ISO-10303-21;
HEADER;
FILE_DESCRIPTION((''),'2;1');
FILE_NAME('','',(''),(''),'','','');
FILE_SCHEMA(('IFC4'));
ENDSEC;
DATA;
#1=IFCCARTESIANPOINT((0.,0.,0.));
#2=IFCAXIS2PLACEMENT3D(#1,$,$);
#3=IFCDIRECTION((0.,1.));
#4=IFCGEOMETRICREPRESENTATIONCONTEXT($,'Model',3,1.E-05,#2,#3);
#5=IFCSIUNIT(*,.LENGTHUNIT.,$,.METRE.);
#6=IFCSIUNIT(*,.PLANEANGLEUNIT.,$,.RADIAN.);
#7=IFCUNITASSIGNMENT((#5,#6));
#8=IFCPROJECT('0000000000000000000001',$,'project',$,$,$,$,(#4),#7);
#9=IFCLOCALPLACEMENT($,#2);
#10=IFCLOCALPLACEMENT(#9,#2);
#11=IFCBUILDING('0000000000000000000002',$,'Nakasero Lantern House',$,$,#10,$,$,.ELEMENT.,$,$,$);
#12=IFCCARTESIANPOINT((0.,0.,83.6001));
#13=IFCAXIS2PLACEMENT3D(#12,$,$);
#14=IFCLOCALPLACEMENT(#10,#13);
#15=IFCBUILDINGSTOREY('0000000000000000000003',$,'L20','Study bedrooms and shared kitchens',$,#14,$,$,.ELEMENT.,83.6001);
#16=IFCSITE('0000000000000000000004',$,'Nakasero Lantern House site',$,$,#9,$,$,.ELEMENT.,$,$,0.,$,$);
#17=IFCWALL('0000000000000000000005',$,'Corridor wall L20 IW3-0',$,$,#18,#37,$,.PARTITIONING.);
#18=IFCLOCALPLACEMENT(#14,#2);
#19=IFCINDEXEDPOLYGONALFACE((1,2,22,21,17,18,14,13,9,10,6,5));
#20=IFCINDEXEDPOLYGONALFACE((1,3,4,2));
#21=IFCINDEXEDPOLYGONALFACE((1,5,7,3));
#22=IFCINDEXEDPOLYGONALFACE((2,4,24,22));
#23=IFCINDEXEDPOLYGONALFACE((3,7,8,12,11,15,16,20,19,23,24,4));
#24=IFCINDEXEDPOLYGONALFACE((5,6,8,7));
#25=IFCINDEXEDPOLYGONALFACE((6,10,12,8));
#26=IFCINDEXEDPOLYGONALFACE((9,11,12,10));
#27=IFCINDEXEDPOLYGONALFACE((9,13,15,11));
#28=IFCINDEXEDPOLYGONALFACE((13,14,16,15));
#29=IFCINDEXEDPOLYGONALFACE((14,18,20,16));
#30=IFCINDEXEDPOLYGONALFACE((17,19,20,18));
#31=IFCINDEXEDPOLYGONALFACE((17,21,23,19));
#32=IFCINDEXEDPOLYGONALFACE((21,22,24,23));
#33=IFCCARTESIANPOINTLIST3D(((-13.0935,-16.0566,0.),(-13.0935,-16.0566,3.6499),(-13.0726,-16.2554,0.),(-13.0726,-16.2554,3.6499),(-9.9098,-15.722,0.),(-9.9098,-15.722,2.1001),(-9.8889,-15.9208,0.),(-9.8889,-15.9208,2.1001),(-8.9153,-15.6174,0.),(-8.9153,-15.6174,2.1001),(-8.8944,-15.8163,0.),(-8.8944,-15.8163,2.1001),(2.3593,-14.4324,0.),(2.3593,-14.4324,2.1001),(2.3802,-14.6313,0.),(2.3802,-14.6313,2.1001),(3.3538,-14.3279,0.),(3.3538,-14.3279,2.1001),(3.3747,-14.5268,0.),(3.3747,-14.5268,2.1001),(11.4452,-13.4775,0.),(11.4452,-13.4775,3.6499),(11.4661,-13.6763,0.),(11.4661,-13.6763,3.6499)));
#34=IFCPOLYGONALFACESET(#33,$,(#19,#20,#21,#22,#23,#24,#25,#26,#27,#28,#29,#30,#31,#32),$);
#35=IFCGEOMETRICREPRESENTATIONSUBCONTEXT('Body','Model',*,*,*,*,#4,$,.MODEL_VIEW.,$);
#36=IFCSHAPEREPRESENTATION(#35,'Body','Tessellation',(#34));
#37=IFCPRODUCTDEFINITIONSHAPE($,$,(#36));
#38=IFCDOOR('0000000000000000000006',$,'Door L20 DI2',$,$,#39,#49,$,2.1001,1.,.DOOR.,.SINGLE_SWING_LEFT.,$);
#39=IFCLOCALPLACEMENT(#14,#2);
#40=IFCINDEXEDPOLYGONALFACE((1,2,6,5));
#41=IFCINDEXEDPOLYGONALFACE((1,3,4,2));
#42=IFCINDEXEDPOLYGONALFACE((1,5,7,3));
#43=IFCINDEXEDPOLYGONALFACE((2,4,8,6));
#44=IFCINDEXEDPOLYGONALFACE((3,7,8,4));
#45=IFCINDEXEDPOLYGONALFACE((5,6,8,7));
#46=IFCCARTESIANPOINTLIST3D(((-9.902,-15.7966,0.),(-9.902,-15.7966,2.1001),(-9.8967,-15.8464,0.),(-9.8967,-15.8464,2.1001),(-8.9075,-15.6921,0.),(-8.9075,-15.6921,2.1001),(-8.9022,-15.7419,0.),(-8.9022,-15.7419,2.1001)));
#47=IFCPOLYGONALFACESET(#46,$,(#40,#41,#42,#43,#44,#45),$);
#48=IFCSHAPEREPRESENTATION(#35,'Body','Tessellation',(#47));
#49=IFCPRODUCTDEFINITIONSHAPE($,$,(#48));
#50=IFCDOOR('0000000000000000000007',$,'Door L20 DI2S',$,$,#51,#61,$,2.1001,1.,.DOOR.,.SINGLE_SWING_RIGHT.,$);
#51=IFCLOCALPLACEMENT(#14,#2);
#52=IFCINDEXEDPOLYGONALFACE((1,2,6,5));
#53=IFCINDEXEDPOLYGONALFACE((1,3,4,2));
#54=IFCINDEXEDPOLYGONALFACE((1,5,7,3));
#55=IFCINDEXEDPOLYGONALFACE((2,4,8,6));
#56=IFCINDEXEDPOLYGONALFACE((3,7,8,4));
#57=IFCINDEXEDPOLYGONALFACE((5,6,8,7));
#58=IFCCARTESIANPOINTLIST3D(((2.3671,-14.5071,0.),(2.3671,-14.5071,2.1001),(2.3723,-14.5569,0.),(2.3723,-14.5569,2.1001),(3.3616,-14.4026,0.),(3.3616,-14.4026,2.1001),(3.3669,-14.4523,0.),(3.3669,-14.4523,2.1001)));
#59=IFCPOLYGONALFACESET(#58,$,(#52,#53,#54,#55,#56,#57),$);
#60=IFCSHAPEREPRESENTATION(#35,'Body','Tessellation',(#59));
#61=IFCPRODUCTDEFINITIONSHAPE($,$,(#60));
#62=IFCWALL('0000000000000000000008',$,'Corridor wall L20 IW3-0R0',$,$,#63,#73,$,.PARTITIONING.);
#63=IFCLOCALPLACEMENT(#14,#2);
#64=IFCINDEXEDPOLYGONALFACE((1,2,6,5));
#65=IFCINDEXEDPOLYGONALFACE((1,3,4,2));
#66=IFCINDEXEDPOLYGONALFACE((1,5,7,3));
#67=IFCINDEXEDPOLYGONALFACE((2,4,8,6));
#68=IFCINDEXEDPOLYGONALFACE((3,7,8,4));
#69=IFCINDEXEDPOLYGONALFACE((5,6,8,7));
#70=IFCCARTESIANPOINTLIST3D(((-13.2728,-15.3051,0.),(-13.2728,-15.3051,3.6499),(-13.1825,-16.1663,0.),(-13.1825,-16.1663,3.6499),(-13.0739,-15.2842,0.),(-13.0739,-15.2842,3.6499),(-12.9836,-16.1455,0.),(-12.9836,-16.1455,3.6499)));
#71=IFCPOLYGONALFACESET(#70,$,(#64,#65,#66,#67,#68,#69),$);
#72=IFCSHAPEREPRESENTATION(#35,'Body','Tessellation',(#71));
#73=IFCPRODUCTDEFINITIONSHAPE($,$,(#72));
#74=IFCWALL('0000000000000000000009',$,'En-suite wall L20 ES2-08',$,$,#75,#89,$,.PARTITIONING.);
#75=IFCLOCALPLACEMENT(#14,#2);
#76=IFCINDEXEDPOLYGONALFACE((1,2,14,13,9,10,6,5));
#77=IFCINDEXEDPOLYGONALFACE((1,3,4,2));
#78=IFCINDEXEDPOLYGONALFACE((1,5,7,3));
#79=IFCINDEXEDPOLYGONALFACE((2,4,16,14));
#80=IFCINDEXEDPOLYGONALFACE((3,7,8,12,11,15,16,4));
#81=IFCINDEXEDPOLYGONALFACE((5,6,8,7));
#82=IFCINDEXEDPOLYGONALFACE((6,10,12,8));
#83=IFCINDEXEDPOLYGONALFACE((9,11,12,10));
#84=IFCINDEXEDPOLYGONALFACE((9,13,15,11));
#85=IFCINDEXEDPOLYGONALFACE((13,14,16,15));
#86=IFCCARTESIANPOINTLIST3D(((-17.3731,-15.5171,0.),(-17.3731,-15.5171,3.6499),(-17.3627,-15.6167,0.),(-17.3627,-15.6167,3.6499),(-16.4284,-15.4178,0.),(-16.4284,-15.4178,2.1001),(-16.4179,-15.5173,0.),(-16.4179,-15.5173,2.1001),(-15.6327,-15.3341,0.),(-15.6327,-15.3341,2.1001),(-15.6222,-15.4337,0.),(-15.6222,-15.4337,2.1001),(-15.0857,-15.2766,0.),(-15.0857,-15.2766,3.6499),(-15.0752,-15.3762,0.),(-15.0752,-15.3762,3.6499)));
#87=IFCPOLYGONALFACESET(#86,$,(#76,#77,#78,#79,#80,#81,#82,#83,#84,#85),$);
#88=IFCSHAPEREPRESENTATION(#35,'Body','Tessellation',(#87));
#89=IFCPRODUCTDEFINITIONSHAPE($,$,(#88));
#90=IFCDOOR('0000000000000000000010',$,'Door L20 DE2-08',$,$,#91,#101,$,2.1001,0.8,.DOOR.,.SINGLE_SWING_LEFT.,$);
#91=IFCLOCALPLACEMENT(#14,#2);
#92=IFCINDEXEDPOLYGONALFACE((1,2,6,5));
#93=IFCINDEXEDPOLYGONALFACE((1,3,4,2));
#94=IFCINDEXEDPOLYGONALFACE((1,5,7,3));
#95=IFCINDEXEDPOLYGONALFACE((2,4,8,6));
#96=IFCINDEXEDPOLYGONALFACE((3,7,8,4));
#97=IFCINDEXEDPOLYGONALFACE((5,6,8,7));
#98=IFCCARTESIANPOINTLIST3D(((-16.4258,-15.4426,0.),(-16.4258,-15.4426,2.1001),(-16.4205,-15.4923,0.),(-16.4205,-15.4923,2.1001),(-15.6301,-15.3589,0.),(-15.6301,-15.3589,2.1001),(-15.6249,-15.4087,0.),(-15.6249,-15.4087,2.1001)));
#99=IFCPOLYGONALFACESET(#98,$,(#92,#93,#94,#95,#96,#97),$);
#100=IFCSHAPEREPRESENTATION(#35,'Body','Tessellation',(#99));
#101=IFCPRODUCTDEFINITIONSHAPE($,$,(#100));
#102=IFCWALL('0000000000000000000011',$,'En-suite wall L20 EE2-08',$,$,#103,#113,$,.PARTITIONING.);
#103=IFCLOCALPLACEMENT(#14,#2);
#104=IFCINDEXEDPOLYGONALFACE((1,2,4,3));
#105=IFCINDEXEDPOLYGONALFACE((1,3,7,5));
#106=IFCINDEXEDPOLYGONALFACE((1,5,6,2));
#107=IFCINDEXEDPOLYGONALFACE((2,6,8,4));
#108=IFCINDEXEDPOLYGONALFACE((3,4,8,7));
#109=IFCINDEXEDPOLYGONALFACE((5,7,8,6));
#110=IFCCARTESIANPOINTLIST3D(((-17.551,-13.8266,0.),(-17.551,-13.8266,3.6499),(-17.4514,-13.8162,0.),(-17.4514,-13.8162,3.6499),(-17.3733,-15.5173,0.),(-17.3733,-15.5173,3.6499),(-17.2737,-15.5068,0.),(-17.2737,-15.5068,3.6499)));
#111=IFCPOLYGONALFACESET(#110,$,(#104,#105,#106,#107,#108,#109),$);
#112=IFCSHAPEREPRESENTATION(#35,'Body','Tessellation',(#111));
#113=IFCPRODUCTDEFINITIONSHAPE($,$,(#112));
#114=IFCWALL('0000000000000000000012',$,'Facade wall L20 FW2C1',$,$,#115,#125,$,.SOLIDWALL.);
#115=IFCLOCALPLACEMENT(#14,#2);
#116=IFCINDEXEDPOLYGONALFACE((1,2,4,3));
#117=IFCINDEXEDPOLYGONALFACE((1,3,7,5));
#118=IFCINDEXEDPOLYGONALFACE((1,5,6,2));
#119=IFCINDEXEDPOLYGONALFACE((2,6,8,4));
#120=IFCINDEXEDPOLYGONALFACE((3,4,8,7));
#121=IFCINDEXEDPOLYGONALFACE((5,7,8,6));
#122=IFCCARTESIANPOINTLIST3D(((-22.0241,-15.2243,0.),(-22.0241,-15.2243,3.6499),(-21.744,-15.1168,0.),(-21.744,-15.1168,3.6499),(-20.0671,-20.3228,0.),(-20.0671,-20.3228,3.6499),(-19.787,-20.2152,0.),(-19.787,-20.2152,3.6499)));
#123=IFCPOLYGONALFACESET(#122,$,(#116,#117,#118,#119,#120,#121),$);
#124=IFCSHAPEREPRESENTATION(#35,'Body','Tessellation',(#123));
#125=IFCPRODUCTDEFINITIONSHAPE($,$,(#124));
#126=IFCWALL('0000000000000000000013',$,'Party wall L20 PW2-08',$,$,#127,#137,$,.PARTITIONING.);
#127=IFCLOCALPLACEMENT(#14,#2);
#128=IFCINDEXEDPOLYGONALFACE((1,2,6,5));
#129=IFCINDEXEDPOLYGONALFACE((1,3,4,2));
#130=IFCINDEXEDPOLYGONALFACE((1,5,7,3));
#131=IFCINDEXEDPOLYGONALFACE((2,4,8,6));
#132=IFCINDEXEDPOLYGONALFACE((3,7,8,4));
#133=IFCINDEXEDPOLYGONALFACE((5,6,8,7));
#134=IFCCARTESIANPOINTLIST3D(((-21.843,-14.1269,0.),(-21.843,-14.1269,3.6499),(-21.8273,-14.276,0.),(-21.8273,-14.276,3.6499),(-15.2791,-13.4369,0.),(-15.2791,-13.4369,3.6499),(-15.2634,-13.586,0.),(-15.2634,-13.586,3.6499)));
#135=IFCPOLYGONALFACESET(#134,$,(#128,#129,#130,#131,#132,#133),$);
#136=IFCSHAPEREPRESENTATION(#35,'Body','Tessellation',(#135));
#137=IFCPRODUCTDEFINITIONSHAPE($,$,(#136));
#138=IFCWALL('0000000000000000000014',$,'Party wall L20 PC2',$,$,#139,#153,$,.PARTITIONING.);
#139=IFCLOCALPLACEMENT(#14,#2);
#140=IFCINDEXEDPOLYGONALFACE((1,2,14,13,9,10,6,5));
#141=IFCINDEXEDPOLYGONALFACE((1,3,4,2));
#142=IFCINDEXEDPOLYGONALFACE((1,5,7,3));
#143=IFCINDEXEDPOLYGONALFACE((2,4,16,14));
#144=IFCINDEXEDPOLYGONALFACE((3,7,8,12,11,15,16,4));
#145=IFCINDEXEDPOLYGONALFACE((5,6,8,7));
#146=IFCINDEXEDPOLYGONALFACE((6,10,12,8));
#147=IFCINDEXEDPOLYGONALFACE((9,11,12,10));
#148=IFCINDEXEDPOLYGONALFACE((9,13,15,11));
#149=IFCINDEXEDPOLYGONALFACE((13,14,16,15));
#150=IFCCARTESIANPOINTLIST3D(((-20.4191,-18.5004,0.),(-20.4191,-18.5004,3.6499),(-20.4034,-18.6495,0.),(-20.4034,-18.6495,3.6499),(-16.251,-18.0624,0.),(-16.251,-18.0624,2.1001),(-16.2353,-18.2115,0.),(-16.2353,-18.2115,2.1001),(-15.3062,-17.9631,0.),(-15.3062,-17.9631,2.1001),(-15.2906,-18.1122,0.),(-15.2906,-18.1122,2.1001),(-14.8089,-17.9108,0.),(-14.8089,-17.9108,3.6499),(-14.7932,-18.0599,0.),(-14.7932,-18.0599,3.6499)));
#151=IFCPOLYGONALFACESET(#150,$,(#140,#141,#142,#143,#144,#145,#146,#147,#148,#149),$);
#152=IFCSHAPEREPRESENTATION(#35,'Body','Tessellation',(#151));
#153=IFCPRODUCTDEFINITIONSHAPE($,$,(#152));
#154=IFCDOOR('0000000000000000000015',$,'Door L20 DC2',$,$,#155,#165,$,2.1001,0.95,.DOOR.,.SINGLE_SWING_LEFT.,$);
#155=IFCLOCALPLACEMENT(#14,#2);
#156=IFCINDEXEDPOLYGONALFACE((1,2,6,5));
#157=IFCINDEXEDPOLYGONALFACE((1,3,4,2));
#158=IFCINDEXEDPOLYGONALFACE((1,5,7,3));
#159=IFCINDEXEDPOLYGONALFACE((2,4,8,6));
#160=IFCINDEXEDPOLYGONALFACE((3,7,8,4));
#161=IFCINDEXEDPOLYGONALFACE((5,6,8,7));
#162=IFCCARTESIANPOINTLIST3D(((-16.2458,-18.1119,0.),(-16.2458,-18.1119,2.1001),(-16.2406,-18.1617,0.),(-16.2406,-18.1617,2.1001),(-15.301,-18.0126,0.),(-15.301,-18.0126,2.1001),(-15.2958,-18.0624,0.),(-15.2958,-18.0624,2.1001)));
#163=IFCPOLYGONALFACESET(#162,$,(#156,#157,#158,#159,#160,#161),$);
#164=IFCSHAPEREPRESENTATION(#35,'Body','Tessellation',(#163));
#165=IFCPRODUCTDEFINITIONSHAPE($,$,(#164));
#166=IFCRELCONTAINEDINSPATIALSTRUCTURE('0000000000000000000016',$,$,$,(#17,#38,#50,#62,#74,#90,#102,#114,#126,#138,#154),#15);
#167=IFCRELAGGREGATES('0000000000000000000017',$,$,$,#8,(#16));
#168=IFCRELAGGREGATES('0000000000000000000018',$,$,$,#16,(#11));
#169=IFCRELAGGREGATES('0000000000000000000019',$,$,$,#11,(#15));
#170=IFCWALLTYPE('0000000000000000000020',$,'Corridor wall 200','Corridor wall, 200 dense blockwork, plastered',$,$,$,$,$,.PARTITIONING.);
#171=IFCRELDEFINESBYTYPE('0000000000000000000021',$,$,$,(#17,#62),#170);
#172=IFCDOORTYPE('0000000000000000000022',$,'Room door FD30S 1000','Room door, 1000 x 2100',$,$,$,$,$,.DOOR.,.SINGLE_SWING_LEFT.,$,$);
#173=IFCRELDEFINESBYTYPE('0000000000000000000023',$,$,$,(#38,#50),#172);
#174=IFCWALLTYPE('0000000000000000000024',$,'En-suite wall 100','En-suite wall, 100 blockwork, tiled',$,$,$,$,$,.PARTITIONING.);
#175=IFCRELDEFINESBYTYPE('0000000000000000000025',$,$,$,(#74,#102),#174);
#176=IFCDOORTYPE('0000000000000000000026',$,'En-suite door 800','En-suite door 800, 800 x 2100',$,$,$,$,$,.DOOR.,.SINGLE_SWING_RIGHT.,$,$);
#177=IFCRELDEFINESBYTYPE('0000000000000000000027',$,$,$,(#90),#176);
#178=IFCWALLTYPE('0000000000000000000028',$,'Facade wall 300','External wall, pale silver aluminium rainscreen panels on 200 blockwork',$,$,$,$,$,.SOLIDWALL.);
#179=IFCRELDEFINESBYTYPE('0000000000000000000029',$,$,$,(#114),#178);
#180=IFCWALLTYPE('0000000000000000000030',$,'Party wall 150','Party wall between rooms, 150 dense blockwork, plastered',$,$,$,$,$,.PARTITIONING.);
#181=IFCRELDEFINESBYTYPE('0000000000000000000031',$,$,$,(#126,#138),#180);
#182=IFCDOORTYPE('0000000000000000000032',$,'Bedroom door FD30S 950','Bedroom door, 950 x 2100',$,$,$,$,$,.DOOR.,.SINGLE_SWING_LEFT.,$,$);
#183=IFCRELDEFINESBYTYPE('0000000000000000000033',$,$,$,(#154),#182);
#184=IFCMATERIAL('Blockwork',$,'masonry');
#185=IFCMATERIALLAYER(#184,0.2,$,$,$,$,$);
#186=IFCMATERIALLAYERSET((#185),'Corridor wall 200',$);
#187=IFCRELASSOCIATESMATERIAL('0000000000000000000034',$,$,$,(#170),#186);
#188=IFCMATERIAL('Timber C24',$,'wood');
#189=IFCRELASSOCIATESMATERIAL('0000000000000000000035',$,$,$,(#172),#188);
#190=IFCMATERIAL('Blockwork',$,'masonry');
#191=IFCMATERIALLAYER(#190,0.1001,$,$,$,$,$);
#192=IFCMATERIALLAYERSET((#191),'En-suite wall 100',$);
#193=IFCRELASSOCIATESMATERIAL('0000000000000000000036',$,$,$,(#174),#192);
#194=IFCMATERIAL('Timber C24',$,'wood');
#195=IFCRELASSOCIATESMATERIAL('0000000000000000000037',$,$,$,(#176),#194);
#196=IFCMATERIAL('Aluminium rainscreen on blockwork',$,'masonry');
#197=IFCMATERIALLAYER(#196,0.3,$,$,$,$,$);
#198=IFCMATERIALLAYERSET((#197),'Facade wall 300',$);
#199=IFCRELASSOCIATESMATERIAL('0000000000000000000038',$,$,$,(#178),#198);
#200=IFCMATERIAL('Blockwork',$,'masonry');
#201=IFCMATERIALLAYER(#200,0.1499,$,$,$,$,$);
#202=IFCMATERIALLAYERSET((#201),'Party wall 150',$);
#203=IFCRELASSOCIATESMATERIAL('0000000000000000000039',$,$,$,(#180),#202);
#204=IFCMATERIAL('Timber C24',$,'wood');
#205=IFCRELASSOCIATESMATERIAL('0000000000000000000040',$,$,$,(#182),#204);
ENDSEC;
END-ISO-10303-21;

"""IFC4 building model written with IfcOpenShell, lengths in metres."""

from ifc_helpers import new_model, si_unit, direction, frame, frame_2d, origin, place, context, subcontext, project, spatial, rectangle, extrude, material, layer, layer_set, type_object, element, fill, save


model = new_model("IFC4")

# Units and contexts
model_context = context("Model", 3, precision=1e-05, world=origin(), true_north=direction((0.0, 1.0)))
body_context = subcontext(model_context, "Body", "Model", "MODEL_VIEW")
ifc_project = project(units=[si_unit("LENGTHUNIT", "METRE"), si_unit("PLANEANGLEUNIT", "RADIAN")], contexts=[model_context])

# Site, building, storey
site_placement = place(None, origin())
site = spatial("IfcSite", under=ifc_project, at=site_placement, Name="Nakasero Lantern House site", CompositionType="ELEMENT", RefElevation=0.0)
building_placement = place(site_placement, origin())
building = spatial("IfcBuilding", under=site, at=building_placement, Name="Nakasero Lantern House", CompositionType="ELEMENT")
storey_placement = place(building_placement, frame((0.0, 0.0, 83.6001)))
storey = spatial("IfcBuildingStorey", under=building, at=storey_placement, Name="L20", Description="Study bedrooms and shared kitchens", CompositionType="ELEMENT", Elevation=83.6001)

# Wall, openings, doors
ifc_material_1 = material(Name="Blockwork", Category="masonry")
ifc_layer_1 = layer(ifc_material_1, 0.2)
ifc_layer_set_1 = layer_set([ifc_layer_1], Name="Corridor wall 200")
wall_type_1 = type_object("IfcWallType", Name="Corridor wall 200", Description="Corridor wall, 200 dense blockwork, plastered", PredefinedType="PARTITIONING", material=ifc_layer_set_1)
wall_1_placement = place(storey_placement, frame((-13.083, -16.156, 0.0), z_axis=(0.0, 0.0, 1.0), x_axis=(0.994522, 0.104528, 0.0)))
wall_1 = element("IfcWall", 1, at=wall_1_placement, inside=storey, type_object=wall_type_1, Name="Corridor wall L20 IW3-0", PredefinedType="PARTITIONING", context=body_context, shape_type="SweptSolid", body=[
    extrude(rectangle(XDim=24.6738, YDim=0.2, at=frame_2d((12.3369, 0.0))), origin(), (0.0, 0.0, 1.0), 3.6499),
])
opening_1_placement = place(wall_1_placement, frame((3.2012, 0.0, 0.0)))
opening_1 = element("IfcOpeningElement", 2, at=opening_1_placement, cuts=wall_1, PredefinedType="OPENING", context=body_context, shape_type="SweptSolid", body=[
    extrude(rectangle(XDim=1.0, YDim=2.1001, at=frame_2d((0.5, 1.05))), frame((0.0, 0.1199, 0.0), z_axis=(0.0, -1.0, 0.0), x_axis=(1.0, 0.0, 0.0)), (0.0, 0.0, 1.0), 0.24),
])
opening_2_placement = place(wall_1_placement, frame((15.5378, 0.0, 0.0)))
opening_2 = element("IfcOpeningElement", 3, at=opening_2_placement, cuts=wall_1, PredefinedType="OPENING", context=body_context, shape_type="SweptSolid", body=[
    extrude(rectangle(XDim=1.0, YDim=2.1001, at=frame_2d((0.5, 1.05))), frame((0.0, 0.1199, 0.0), z_axis=(0.0, -1.0, 0.0), x_axis=(1.0, 0.0, 0.0)), (0.0, 0.0, 1.0), 0.24),
])
ifc_material_2 = material(Name="Timber C24", Category="wood")
door_type_1 = type_object("IfcDoorType", Name="Room door FD30S 1000", Description="Room door, 1000 x 2100", OperationType="SINGLE_SWING_LEFT", PredefinedType="DOOR", material=ifc_material_2)
door_1_placement = place(opening_1_placement, origin())
door_1 = element("IfcDoor", 4, at=door_1_placement, inside=storey, type_object=door_type_1, Name="Door L20 DI2", OperationType="SINGLE_SWING_LEFT", OverallHeight=2.1001, OverallWidth=1.0, PredefinedType="DOOR", context=body_context, shape_type="SweptSolid", body=[
    extrude(rectangle(XDim=1.0, YDim=2.1001, at=frame_2d((0.5, 1.05))), frame((0.0, 0.0249, 0.0), z_axis=(0.0, -1.0, 0.0), x_axis=(1.0, 0.0, 0.0)), (0.0, 0.0, 1.0), 0.05),
])
fill(opening_1, door_1)
door_2_placement = place(opening_2_placement, origin())
door_2 = element("IfcDoor", 5, at=door_2_placement, inside=storey, type_object=door_type_1, Name="Door L20 DI2S", OperationType="SINGLE_SWING_RIGHT", OverallHeight=2.1001, OverallWidth=1.0, PredefinedType="DOOR", context=body_context, shape_type="SweptSolid", body=[
    extrude(rectangle(XDim=1.0, YDim=2.1001, at=frame_2d((0.5, 1.05))), frame((0.0, 0.0249, 0.0), z_axis=(0.0, -1.0, 0.0), x_axis=(1.0, 0.0, 0.0)), (0.0, 0.0, 1.0), 0.05),
])
fill(opening_2, door_2)

# Wall
wall_2_placement = place(storey_placement, frame((-13.083, -16.156, 0.0), z_axis=(0.0, 0.0, 1.0), x_axis=(-0.104303, 0.994546, 0.0)))
element("IfcWall", 6, at=wall_2_placement, inside=storey, type_object=wall_type_1, Name="Corridor wall L20 IW3-0R0", PredefinedType="PARTITIONING", context=body_context, shape_type="SweptSolid", body=[
    extrude(rectangle(XDim=0.866, YDim=0.2, at=frame_2d((0.4331, 0.0))), origin(), (0.0, 0.0, 1.0), 3.6499),
])

# Wall, opening, door
ifc_material_3 = material(Name="Blockwork", Category="masonry")
ifc_layer_2 = layer(ifc_material_3, 0.1001)
ifc_layer_set_2 = layer_set([ifc_layer_2], Name="En-suite wall 100")
wall_type_2 = type_object("IfcWallType", Name="En-suite wall 100", Description="En-suite wall, 100 blockwork, tiled", PredefinedType="PARTITIONING", material=ifc_layer_set_2)
wall_3_placement = place(storey_placement, frame((-15.0806, -15.3264, 0.0), z_axis=(0.0, 0.0, 1.0), x_axis=(-0.994519, -0.104558, 0.0)))
wall_3 = element("IfcWall", 7, at=wall_3_placement, inside=storey, type_object=wall_type_2, Name="En-suite wall L20 ES2-08", PredefinedType="PARTITIONING", context=body_context, shape_type="SweptSolid", body=[
    extrude(rectangle(XDim=2.3, YDim=0.1001, at=frame_2d((1.1499, 0.0))), origin(), (0.0, 0.0, 1.0), 3.6499),
])
opening_3_placement = place(wall_3_placement, frame((0.55, 0.0, 0.0)))
opening_3 = element("IfcOpeningElement", 8, at=opening_3_placement, cuts=wall_3, PredefinedType="OPENING", context=body_context, shape_type="SweptSolid", body=[
    extrude(rectangle(XDim=0.8, YDim=2.1001, at=frame_2d((0.3999, 1.05))), frame((0.0, 0.0701, 0.0), z_axis=(0.0, -1.0, 0.0), x_axis=(1.0, 0.0, 0.0)), (0.0, 0.0, 1.0), 0.1401),
])
ifc_material_4 = material(Name="Timber C24", Category="wood")
door_type_2 = type_object("IfcDoorType", Name="En-suite door 800", Description="En-suite door 800, 800 x 2100", OperationType="SINGLE_SWING_RIGHT", PredefinedType="DOOR", material=ifc_material_4)
door_3_placement = place(opening_3_placement, origin())
door_3 = element("IfcDoor", 9, at=door_3_placement, inside=storey, type_object=door_type_2, Name="Door L20 DE2-08", OperationType="SINGLE_SWING_LEFT", OverallHeight=2.1001, OverallWidth=0.8, PredefinedType="DOOR", context=body_context, shape_type="SweptSolid", body=[
    extrude(rectangle(XDim=0.8, YDim=2.1001, at=frame_2d((0.3999, 1.05))), frame((0.0, 0.0249, 0.0), z_axis=(0.0, -1.0, 0.0), x_axis=(1.0, 0.0, 0.0)), (0.0, 0.0, 1.0), 0.05),
])
fill(opening_3, door_3)

# Walls
wall_4_placement = place(storey_placement, frame((-17.5012, -13.8213, 0.0), z_axis=(0.0, 0.0, 1.0), x_axis=(0.10455, -0.99452, 0.0)))
element("IfcWall", 10, at=wall_4_placement, inside=storey, type_object=wall_type_2, Name="En-suite wall L20 EE2-08", PredefinedType="PARTITIONING", context=body_context, shape_type="SweptSolid", body=[
    extrude(rectangle(XDim=1.7, YDim=0.1001, at=frame_2d((0.8501, 0.0))), origin(), (0.0, 0.0, 1.0), 3.6499),
])
ifc_material_5 = material(Name="Aluminium rainscreen on blockwork", Category="masonry")
ifc_layer_3 = layer(ifc_material_5, 0.3)
ifc_layer_set_3 = layer_set([ifc_layer_3], Name="Facade wall 300")
wall_type_3 = type_object("IfcWallType", Name="Facade wall 300", Description="External wall, pale silver aluminium rainscreen panels on 200 blockwork", PredefinedType="SOLIDWALL", material=ifc_layer_set_3)
wall_5_placement = place(storey_placement, frame((-21.884, -15.1707, 0.0), z_axis=(0.0, 0.0, 1.0), x_axis=(0.358359, -0.933584, 0.0)))
element("IfcWall", 11, at=wall_5_placement, inside=storey, type_object=wall_type_3, Name="Facade wall L20 FW2C1", PredefinedType="SOLIDWALL", context=body_context, shape_type="SweptSolid", body=[
    extrude(rectangle(XDim=5.4612, YDim=0.3, at=frame_2d((2.7305, 0.0))), origin(), (0.0, 0.0, 1.0), 3.6499),
])
ifc_material_6 = material(Name="Blockwork", Category="masonry")
ifc_layer_4 = layer(ifc_material_6, 0.1499)
ifc_layer_set_4 = layer_set([ifc_layer_4], Name="Party wall 150")
wall_type_4 = type_object("IfcWallType", Name="Party wall 150", Description="Party wall between rooms, 150 dense blockwork, plastered", PredefinedType="PARTITIONING", material=ifc_layer_set_4)
wall_6_placement = place(storey_placement, frame((-15.2712, -13.5115, 0.0), z_axis=(0.0, 0.0, 1.0), x_axis=(-0.994521, -0.104535, 0.0)))
element("IfcWall", 12, at=wall_6_placement, inside=storey, type_object=wall_type_4, Name="Party wall L20 PW2-08", PredefinedType="PARTITIONING", context=body_context, shape_type="SweptSolid", body=[
    extrude(rectangle(XDim=6.6001, YDim=0.1499, at=frame_2d((3.3, 0.0))), origin(), (0.0, 0.0, 1.0), 3.6499),
])

# Wall, opening, door
wall_7_placement = place(storey_placement, frame((-14.801, -17.9854, 0.0), z_axis=(0.0, 0.0, 1.0), x_axis=(-0.994523, -0.10452, 0.0)))
wall_7 = element("IfcWall", 13, at=wall_7_placement, inside=storey, type_object=wall_type_4, Name="Party wall L20 PC2", PredefinedType="PARTITIONING", context=body_context, shape_type="SweptSolid", body=[
    extrude(rectangle(XDim=5.6411, YDim=0.1499, at=frame_2d((2.8206, 0.0))), origin(), (0.0, 0.0, 1.0), 3.6499),
])
opening_4_placement = place(wall_7_placement, frame((0.5, 0.0, 0.0)))
opening_4 = element("IfcOpeningElement", 14, at=opening_4_placement, cuts=wall_7, PredefinedType="OPENING", context=body_context, shape_type="SweptSolid", body=[
    extrude(rectangle(XDim=0.95, YDim=2.1001, at=frame_2d((0.4751, 1.05))), frame((0.0, 0.095, 0.0), z_axis=(0.0, -1.0, 0.0), x_axis=(1.0, 0.0, 0.0)), (0.0, 0.0, 1.0), 0.1899),
])
ifc_material_7 = material(Name="Timber C24", Category="wood")
door_type_3 = type_object("IfcDoorType", Name="Bedroom door FD30S 950", Description="Bedroom door, 950 x 2100", OperationType="SINGLE_SWING_LEFT", PredefinedType="DOOR", material=ifc_material_7)
door_4_placement = place(opening_4_placement, origin())
door_4 = element("IfcDoor", 15, at=door_4_placement, inside=storey, type_object=door_type_3, Name="Door L20 DC2", OperationType="SINGLE_SWING_LEFT", OverallHeight=2.1001, OverallWidth=0.95, PredefinedType="DOOR", context=body_context, shape_type="SweptSolid", body=[
    extrude(rectangle(XDim=0.95, YDim=2.1001, at=frame_2d((0.4751, 1.05))), frame((0.0, 0.0249, 0.0), z_axis=(0.0, -1.0, 0.0), x_axis=(1.0, 0.0, 0.0)), (0.0, 0.0, 1.0), 0.05),
])
fill(opening_4, door_4)

save(model, "model.ifc")
